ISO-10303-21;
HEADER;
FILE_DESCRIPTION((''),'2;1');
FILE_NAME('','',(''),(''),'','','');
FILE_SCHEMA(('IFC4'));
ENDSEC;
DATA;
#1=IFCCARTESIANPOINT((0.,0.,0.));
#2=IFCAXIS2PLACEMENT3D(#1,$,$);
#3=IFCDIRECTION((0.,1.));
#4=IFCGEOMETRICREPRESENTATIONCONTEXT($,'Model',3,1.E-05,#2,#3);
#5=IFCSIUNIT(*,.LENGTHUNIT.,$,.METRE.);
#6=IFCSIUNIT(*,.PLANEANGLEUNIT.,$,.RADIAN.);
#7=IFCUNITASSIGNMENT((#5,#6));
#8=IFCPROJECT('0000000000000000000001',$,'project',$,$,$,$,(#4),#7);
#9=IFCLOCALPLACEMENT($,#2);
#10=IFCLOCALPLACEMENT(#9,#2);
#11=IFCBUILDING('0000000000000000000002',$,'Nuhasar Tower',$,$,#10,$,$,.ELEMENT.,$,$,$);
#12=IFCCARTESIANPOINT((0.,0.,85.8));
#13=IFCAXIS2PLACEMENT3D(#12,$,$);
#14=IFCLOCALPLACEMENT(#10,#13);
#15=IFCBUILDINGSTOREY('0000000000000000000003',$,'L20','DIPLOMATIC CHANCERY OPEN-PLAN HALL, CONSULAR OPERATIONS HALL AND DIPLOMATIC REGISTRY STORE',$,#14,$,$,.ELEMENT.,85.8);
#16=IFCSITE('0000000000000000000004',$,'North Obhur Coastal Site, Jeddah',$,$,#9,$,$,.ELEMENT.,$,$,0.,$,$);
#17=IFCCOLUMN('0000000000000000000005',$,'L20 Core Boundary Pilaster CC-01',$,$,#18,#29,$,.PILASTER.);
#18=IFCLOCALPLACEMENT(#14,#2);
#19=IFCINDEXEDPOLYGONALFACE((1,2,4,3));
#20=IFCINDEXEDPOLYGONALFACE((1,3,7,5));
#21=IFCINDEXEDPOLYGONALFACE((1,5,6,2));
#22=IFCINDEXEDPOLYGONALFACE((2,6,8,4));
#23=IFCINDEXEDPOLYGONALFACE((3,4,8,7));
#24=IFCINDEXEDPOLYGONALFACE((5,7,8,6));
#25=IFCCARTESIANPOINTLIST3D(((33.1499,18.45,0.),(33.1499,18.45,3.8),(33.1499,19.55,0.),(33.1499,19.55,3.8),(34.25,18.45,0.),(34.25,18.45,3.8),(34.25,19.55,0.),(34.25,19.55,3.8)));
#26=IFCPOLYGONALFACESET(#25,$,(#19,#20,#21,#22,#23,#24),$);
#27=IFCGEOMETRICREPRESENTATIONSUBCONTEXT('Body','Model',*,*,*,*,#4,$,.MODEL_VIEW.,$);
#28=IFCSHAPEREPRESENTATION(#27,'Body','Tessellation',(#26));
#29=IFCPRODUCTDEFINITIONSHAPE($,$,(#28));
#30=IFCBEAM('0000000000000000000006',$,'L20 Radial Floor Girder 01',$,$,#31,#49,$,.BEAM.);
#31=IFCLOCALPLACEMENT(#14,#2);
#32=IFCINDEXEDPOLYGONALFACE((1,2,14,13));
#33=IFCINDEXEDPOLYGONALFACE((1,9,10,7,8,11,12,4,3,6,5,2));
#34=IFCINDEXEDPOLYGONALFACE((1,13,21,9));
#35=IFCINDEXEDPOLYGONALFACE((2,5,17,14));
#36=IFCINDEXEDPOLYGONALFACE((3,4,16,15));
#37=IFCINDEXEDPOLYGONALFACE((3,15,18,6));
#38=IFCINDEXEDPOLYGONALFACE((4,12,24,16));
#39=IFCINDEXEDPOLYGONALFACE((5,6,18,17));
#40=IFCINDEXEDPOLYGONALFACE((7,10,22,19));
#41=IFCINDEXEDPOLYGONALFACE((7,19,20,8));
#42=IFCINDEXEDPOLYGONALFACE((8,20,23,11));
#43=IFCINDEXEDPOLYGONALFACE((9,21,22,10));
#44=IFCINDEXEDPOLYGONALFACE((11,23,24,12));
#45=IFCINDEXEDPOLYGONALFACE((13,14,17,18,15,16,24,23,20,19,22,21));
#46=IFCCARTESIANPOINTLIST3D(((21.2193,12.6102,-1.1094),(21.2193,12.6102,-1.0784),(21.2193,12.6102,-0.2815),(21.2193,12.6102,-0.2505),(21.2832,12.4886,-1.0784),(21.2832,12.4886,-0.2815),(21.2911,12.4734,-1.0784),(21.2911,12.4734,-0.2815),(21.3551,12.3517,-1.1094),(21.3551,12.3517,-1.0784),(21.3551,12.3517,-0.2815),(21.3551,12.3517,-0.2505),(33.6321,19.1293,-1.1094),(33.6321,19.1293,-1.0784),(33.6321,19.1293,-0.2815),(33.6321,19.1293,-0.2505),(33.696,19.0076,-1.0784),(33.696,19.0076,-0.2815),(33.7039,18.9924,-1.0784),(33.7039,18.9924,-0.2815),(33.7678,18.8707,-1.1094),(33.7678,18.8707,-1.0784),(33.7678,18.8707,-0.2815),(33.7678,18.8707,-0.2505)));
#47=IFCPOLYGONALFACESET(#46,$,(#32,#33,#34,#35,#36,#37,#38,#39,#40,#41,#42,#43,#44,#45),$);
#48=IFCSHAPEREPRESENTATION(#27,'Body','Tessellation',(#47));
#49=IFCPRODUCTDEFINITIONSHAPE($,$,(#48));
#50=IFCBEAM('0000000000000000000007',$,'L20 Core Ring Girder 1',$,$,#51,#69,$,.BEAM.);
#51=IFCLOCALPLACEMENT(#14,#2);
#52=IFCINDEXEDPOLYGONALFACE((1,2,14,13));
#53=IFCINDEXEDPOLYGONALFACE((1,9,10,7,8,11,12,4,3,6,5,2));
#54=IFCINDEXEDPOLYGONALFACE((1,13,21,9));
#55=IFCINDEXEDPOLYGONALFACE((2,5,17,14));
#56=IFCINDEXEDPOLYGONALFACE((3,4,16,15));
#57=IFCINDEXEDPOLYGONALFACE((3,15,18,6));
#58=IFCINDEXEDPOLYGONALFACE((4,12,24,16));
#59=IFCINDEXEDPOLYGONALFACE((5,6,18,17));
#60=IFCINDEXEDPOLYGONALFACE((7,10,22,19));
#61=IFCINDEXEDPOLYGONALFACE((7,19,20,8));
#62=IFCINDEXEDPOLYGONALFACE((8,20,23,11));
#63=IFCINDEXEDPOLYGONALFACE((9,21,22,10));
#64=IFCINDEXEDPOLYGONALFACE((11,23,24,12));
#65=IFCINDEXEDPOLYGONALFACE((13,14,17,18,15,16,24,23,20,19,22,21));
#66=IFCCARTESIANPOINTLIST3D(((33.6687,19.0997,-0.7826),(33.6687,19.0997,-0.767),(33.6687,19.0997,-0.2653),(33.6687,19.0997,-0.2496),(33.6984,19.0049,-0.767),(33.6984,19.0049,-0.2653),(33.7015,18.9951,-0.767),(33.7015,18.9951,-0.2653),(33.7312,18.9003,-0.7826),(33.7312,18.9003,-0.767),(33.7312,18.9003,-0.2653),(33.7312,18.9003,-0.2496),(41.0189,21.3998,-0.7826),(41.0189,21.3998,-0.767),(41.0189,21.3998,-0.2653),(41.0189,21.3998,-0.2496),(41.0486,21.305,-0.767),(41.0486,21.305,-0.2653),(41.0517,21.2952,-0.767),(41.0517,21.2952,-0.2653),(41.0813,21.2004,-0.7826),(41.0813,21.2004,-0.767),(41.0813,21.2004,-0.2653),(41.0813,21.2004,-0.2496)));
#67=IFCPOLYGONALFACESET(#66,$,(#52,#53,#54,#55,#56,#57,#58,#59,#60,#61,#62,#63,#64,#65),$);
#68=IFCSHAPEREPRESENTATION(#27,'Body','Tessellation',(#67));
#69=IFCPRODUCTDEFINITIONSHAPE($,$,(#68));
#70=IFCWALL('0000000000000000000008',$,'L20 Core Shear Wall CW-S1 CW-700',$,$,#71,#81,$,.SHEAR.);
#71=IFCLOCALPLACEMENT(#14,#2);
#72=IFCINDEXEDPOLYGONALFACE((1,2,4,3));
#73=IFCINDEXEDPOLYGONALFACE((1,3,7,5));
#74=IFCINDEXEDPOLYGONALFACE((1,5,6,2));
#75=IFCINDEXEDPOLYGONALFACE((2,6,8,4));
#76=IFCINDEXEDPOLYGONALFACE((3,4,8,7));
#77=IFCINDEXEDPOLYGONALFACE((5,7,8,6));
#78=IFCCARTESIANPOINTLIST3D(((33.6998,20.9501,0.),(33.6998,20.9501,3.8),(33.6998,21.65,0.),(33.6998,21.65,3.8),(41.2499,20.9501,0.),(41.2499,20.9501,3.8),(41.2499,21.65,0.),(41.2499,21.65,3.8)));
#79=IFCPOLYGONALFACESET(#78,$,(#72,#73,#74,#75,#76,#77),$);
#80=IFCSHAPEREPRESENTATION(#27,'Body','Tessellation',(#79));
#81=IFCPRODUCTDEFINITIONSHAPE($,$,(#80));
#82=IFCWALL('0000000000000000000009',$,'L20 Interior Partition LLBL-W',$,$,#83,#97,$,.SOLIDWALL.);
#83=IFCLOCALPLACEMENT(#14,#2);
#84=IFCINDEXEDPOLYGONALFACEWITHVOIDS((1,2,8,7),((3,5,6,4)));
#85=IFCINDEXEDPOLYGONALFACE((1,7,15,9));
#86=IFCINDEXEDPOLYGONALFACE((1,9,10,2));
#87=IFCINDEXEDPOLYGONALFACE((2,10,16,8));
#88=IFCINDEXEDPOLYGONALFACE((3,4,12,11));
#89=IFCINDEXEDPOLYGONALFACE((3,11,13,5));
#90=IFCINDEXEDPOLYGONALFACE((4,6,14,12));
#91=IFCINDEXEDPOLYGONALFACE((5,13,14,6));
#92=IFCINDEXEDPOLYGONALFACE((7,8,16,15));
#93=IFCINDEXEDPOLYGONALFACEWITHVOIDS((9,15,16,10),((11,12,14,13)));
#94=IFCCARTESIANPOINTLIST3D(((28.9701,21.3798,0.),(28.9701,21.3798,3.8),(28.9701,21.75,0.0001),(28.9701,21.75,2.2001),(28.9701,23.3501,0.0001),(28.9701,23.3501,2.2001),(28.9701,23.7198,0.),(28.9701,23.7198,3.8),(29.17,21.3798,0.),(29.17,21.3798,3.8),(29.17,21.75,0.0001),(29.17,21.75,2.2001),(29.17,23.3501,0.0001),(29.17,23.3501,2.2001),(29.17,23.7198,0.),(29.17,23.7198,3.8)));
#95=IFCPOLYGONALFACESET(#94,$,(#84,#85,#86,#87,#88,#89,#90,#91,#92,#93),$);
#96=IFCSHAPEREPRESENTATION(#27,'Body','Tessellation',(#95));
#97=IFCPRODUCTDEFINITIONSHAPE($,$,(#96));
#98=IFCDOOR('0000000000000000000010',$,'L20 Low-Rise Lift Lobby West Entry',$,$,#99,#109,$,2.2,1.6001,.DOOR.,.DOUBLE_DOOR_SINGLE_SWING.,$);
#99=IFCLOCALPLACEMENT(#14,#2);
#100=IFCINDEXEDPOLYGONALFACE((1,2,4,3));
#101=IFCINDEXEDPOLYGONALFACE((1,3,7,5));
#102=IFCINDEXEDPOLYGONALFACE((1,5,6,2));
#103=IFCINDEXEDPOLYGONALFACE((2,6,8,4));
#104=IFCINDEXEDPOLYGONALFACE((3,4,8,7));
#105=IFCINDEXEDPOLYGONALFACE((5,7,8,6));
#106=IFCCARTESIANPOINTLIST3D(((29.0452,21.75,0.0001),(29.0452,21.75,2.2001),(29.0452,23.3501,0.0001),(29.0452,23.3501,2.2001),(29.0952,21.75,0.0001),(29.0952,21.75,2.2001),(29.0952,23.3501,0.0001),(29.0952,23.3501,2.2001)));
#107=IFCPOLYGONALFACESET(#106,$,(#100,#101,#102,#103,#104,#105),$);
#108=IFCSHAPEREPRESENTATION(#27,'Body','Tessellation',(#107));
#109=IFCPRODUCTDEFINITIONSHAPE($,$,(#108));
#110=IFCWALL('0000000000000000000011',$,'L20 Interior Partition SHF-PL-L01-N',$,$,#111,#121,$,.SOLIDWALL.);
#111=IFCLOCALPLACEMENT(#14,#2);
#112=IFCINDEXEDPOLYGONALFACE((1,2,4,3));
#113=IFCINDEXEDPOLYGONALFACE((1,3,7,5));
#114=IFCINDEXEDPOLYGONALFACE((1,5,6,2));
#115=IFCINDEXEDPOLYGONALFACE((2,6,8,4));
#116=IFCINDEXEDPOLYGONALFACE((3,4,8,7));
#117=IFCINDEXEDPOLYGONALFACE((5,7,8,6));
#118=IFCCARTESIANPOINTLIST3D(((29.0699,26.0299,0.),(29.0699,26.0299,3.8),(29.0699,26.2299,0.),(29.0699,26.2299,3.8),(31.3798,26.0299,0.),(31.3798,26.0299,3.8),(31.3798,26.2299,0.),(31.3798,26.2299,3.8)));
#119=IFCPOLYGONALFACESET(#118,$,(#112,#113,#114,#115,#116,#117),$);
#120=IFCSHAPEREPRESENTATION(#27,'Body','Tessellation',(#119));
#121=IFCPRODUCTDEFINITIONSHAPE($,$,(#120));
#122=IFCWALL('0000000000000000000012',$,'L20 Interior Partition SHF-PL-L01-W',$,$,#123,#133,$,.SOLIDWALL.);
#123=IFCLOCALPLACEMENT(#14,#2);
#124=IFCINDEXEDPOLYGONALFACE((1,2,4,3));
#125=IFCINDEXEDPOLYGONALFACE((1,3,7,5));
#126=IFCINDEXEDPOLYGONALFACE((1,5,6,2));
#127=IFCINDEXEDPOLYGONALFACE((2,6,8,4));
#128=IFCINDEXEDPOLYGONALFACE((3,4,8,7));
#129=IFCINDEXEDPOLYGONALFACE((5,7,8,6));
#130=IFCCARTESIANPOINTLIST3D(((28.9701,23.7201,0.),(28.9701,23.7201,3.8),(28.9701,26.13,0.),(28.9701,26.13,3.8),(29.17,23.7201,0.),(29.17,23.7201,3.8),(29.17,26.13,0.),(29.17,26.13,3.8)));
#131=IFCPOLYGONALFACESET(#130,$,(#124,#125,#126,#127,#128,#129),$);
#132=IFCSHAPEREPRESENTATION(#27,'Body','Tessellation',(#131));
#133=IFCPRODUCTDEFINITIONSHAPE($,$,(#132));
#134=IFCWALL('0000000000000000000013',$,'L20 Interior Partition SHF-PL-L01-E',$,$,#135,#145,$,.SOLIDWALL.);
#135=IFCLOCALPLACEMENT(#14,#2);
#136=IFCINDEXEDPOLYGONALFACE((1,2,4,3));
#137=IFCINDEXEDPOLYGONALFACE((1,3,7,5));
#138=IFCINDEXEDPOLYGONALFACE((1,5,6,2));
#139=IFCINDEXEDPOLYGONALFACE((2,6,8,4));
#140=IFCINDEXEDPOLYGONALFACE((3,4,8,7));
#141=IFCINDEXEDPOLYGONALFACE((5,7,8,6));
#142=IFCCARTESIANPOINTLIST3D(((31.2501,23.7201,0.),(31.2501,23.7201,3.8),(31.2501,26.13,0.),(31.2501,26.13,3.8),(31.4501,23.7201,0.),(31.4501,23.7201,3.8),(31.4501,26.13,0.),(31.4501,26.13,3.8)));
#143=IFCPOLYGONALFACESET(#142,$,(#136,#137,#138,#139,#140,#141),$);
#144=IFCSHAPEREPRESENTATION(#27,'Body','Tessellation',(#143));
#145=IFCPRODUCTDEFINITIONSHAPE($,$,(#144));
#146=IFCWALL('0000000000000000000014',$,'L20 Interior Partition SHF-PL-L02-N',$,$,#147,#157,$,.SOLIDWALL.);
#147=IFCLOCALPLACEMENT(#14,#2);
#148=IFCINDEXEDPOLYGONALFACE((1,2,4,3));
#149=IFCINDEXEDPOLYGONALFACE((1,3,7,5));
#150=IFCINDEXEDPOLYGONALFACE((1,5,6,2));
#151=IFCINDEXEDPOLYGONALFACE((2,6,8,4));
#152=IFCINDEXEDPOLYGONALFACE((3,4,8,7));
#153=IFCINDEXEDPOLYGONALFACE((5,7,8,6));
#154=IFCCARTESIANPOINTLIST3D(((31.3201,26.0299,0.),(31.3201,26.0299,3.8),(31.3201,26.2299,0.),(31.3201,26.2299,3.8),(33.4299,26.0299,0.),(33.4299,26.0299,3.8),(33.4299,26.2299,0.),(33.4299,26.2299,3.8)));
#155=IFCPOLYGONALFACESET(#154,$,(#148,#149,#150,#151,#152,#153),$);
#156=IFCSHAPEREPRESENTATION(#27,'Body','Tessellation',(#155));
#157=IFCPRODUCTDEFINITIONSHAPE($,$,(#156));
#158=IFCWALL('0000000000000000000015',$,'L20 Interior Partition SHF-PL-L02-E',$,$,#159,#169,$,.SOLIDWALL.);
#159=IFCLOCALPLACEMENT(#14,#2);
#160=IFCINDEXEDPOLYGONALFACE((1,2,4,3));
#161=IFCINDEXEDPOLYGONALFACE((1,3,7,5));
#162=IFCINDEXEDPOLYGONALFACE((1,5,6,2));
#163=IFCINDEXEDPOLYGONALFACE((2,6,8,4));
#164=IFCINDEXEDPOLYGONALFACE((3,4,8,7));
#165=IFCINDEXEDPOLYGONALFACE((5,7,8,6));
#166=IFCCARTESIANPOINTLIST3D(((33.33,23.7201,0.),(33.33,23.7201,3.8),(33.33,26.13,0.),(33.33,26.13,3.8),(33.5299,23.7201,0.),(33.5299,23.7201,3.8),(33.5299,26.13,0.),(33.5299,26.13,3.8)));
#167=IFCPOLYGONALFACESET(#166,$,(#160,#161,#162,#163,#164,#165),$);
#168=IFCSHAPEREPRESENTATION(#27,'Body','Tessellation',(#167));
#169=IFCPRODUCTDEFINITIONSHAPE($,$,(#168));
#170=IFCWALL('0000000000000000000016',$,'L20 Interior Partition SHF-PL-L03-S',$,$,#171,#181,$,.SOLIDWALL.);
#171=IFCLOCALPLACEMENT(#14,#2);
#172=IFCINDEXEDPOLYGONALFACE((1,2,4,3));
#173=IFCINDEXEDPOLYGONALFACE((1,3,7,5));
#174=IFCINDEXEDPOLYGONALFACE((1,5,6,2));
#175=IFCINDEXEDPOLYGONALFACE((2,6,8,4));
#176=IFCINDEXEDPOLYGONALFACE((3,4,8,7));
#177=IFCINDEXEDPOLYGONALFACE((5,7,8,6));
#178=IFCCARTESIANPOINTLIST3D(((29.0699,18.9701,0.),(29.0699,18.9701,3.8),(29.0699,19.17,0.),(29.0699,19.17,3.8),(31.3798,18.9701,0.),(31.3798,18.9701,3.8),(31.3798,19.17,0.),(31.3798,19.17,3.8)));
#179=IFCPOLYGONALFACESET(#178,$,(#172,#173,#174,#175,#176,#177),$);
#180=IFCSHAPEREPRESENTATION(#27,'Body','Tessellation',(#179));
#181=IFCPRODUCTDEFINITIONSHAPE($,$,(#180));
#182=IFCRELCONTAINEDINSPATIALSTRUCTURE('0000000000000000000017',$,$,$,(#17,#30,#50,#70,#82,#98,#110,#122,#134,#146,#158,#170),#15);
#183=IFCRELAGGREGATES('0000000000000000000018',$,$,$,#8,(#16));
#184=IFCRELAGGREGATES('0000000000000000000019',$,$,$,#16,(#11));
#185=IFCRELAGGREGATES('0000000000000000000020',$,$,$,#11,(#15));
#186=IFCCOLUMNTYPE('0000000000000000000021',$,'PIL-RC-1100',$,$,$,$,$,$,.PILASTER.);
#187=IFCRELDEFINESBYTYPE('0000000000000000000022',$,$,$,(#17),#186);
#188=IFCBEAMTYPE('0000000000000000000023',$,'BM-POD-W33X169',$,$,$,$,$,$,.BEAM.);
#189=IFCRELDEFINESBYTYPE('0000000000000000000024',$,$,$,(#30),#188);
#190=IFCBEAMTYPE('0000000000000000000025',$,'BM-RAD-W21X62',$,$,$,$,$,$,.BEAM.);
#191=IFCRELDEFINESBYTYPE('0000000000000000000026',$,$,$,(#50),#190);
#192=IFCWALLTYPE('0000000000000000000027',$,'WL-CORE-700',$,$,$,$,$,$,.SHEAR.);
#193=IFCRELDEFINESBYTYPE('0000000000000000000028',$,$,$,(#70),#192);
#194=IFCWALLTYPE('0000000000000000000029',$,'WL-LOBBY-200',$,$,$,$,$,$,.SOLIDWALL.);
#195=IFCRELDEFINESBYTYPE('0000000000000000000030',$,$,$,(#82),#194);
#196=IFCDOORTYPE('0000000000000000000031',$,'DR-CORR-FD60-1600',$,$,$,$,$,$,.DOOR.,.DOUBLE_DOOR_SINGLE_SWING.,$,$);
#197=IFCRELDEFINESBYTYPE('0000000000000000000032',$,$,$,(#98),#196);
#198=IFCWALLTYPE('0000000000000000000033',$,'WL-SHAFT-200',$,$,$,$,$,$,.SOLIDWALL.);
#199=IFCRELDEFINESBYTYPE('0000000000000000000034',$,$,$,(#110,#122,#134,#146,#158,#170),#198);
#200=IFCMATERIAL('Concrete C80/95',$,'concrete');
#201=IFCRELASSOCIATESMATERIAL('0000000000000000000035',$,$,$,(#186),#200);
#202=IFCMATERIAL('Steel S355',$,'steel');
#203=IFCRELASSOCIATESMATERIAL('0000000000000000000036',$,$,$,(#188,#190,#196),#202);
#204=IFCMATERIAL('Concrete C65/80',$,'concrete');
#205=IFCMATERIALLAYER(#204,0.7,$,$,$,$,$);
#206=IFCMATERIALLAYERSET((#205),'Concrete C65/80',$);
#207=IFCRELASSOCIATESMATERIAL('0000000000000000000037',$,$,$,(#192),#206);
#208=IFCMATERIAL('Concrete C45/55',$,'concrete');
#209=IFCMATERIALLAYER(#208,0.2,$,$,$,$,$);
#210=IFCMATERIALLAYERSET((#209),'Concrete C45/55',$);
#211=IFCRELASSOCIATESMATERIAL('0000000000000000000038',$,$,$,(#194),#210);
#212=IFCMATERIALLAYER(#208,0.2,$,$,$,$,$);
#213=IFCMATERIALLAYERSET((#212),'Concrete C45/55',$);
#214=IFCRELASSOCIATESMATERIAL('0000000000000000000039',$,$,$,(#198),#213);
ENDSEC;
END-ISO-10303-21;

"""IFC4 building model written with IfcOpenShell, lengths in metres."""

from ifc_helpers import new_model, si_unit, direction, frame, frame_2d, origin, origin_2d, place, context, subcontext, project, spatial, rectangle, i_section, extrude, material, layer, layer_set, material_profile, profile_set, type_object, element, fill, save


model = new_model("IFC4")

# Units and contexts
model_context = context("Model", 3, precision=1e-05, world=origin(), true_north=direction((0.0, 1.0)))
body_context = subcontext(model_context, "Body", "Model", "MODEL_VIEW")
ifc_project = project(units=[si_unit("LENGTHUNIT", "METRE"), si_unit("PLANEANGLEUNIT", "RADIAN")], contexts=[model_context])

# Site, building, storey
site_placement = place(None, origin())
site = spatial("IfcSite", under=ifc_project, at=site_placement, Name="North Obhur Coastal Site, Jeddah", CompositionType="ELEMENT", RefElevation=0.0)
building_placement = place(site_placement, origin())
building = spatial("IfcBuilding", under=site, at=building_placement, Name="Nuhasar Tower", CompositionType="ELEMENT")
storey_placement = place(building_placement, frame((0.0, 0.0, 85.8)))
storey = spatial("IfcBuildingStorey", under=building, at=storey_placement, Name="L20", Description="DIPLOMATIC CHANCERY OPEN-PLAN HALL, CONSULAR OPERATIONS HALL AND DIPLOMATIC REGISTRY STORE", CompositionType="ELEMENT", Elevation=85.8)

# Column
ifc_material_1 = material(Name="Concrete C80/95", Category="concrete")
ifc_material_profile_1 = material_profile(ifc_material_1, rectangle(XDim=1.1001, YDim=1.1001, at=origin_2d()), Name="RC1100X1100")
ifc_profile_set_1 = profile_set([ifc_material_profile_1], Name="Concrete C80/95")
column_type = type_object("IfcColumnType", Name="PIL-RC-1100", PredefinedType="PILASTER", material=ifc_profile_set_1)
column_placement = place(storey_placement, frame((33.7, 19.0, 0.0), z_axis=(0.0, 0.0, 1.0), x_axis=(1.0, 0.0, 0.0)))
element("IfcColumn", 1, at=column_placement, inside=storey, type_object=column_type, Name="L20 Core Boundary Pilaster CC-01", PredefinedType="PILASTER", context=body_context, shape_type="SweptSolid", body=[
    extrude(rectangle(XDim=1.1001, YDim=1.1001, at=origin_2d()), origin(), (0.0, 0.0, 1.0), 3.8),
])

# Beams
ifc_material_2 = material(Name="Steel S355", Category="steel")
ifc_material_profile_2 = material_profile(ifc_material_2, i_section(OverallWidth=0.292, OverallDepth=0.8589, WebThickness=0.0171, FlangeThickness=0.031, at=origin_2d()), Name="W33X169")
ifc_profile_set_2 = profile_set([ifc_material_profile_2], Name="Steel S355")
beam_type_1 = type_object("IfcBeamType", Name="BM-POD-W33X169", PredefinedType="BEAM", material=ifc_profile_set_2)
beam_1_placement = place(storey_placement, frame((33.7, 19.0, -0.6799), z_axis=(-0.88533, -0.464963, 0.0), x_axis=(0.464963, -0.88533, 0.0)))
element("IfcBeam", 2, at=beam_1_placement, inside=storey, type_object=beam_type_1, Name="L20 Radial Floor Girder 01", PredefinedType="BEAM", context=body_context, shape_type="SweptSolid", body=[
    extrude(i_section(OverallWidth=0.292, OverallDepth=0.8589, WebThickness=0.0171, FlangeThickness=0.031, at=origin_2d()), origin(), (0.0, 0.0, 1.0), 14.0205),
])
ifc_material_profile_3 = material_profile(ifc_material_2, i_section(OverallWidth=0.209, OverallDepth=0.533, WebThickness=0.0103, FlangeThickness=0.0156, at=origin_2d()), Name="W21X62")
ifc_profile_set_3 = profile_set([ifc_material_profile_3], Name="Steel S355")
beam_type_2 = type_object("IfcBeamType", Name="BM-RAD-W21X62", PredefinedType="BEAM", material=ifc_profile_set_3)
beam_2_placement = place(storey_placement, frame((33.7, 19.0, -0.5161), z_axis=(0.954364, 0.298647, 0.0), x_axis=(-0.298647, 0.954364, 0.0)))
element("IfcBeam", 3, at=beam_2_placement, inside=storey, type_object=beam_type_2, Name="L20 Core Ring Girder 1", PredefinedType="BEAM", context=body_context, shape_type="SweptSolid", body=[
    extrude(i_section(OverallWidth=0.209, OverallDepth=0.533, WebThickness=0.0103, FlangeThickness=0.0156, at=origin_2d()), origin(), (0.0, 0.0, 1.0), 7.7017),
])

# Wall
ifc_material_3 = material(Name="Concrete C65/80", Category="concrete")
ifc_layer_1 = layer(ifc_material_3, 0.7)
ifc_layer_set_1 = layer_set([ifc_layer_1], Name="Concrete C65/80")
wall_type_1 = type_object("IfcWallType", Name="WL-CORE-700", PredefinedType="SHEAR", material=ifc_layer_set_1)
wall_1_placement = place(storey_placement, frame((33.7, 21.3, 0.0), z_axis=(0.0, 0.0, 1.0), x_axis=(1.0, 0.0, 0.0)))
element("IfcWall", 4, at=wall_1_placement, inside=storey, type_object=wall_type_1, Name="L20 Core Shear Wall CW-S1 CW-700", PredefinedType="SHEAR", context=body_context, shape_type="SweptSolid", body=[
    extrude(rectangle(XDim=7.55, YDim=0.7, at=frame_2d((3.7749, 0.0))), origin(), (0.0, 0.0, 1.0), 3.8),
])

# Wall, opening, door
ifc_material_4 = material(Name="Concrete C45/55", Category="concrete")
ifc_layer_2 = layer(ifc_material_4, 0.2)
ifc_layer_set_2 = layer_set([ifc_layer_2], Name="Concrete C45/55")
wall_type_2 = type_object("IfcWallType", Name="WL-LOBBY-200", PredefinedType="SOLIDWALL", material=ifc_layer_set_2)
wall_2_placement = place(storey_placement, frame((29.0701, 21.3799, 0.0), z_axis=(0.0, 0.0, 1.0), x_axis=(0.0, 1.0, 0.0)))
wall_2 = element("IfcWall", 5, at=wall_2_placement, inside=storey, type_object=wall_type_2, Name="L20 Interior Partition LLBL-W", PredefinedType="SOLIDWALL", context=body_context, shape_type="SweptSolid", body=[
    extrude(rectangle(XDim=2.3401, YDim=0.2, at=frame_2d((1.1699, 0.0))), origin(), (0.0, 0.0, 1.0), 3.8),
])
opening_1_placement = place(wall_2_placement, frame((0.3701, 0.0, 0.0)))
opening_1 = element("IfcOpeningElement", 6, at=opening_1_placement, cuts=wall_2, PredefinedType="OPENING", context=body_context, shape_type="SweptSolid", body=[
    extrude(rectangle(XDim=1.6001, YDim=2.2, at=frame_2d((0.8, 1.1001))), frame((0.0, 0.1099, 0.0), z_axis=(0.0, -1.0, 0.0), x_axis=(1.0, 0.0, 0.0)), (0.0, 0.0, 1.0), 0.22),
])
door_type_1 = type_object("IfcDoorType", Name="DR-CORR-FD60-1600", OperationType="DOUBLE_DOOR_SINGLE_SWING", PredefinedType="DOOR", material=ifc_material_2)
door_1_placement = place(opening_1_placement, origin())
door_1 = element("IfcDoor", 7, at=door_1_placement, inside=storey, type_object=door_type_1, Name="L20 Low-Rise Lift Lobby West Entry", OperationType="DOUBLE_DOOR_SINGLE_SWING", OverallHeight=2.2, OverallWidth=1.6001, PredefinedType="DOOR", context=body_context, shape_type="SweptSolid", body=[
    extrude(rectangle(XDim=1.6001, YDim=2.2, at=frame_2d((0.8, 1.1001))), frame((0.0, 0.0249, 0.0), z_axis=(0.0, -1.0, 0.0), x_axis=(1.0, 0.0, 0.0)), (0.0, 0.0, 1.0), 0.05),
])
fill(opening_1, door_1)
ifc_layer_3 = layer(ifc_material_4, 0.2)
ifc_layer_set_3 = layer_set([ifc_layer_3], Name="Concrete C45/55")
wall_type_3 = type_object("IfcWallType", Name="WL-SHAFT-200", PredefinedType="SOLIDWALL", material=ifc_layer_set_3)

# Walls
wall_3_placement = place(storey_placement, frame((29.0701, 26.1299, 0.0), z_axis=(0.0, 0.0, 1.0), x_axis=(1.0, 0.0, 0.0)))
element("IfcWall", 8, at=wall_3_placement, inside=storey, type_object=wall_type_3, Name="L20 Interior Partition SHF-PL-L01-N", PredefinedType="SOLIDWALL", context=body_context, shape_type="SweptSolid", body=[
    extrude(rectangle(XDim=2.3098, YDim=0.2, at=frame_2d((1.1548, 0.0))), origin(), (0.0, 0.0, 1.0), 3.8),
])
for number, where, z_axis, x_axis, name in (
    (9, (29.0701, 23.72, 0.0), (0.0, 0.0, 1.0), (0.0, 1.0, 0.0), "L20 Interior Partition SHF-PL-L01-W"),
    (10, (31.3501, 23.72, 0.0), (0.0, 0.0, 1.0), (0.0, 1.0, 0.0), "L20 Interior Partition SHF-PL-L01-E"),
):
    element("IfcWall", number, at=place(storey_placement, frame(where, z_axis=z_axis, x_axis=x_axis)), inside=storey, type_object=wall_type_3, Name=name, PredefinedType="SOLIDWALL", context=body_context, shape_type="SweptSolid", body=[
        extrude(rectangle(XDim=2.4099, YDim=0.2, at=frame_2d((1.2051, 0.0))), origin(), (0.0, 0.0, 1.0), 3.8),
    ])

# Walls
wall_4_placement = place(storey_placement, frame((31.3201, 26.1299, 0.0), z_axis=(0.0, 0.0, 1.0), x_axis=(1.0, 0.0, 0.0)))
element("IfcWall", 11, at=wall_4_placement, inside=storey, type_object=wall_type_3, Name="L20 Interior Partition SHF-PL-L02-N", PredefinedType="SOLIDWALL", context=body_context, shape_type="SweptSolid", body=[
    extrude(rectangle(XDim=2.1099, YDim=0.2, at=frame_2d((1.0549, 0.0))), origin(), (0.0, 0.0, 1.0), 3.8),
])
wall_5_placement = place(storey_placement, frame((33.4299, 23.72, 0.0), z_axis=(0.0, 0.0, 1.0), x_axis=(0.0, 1.0, 0.0)))
element("IfcWall", 12, at=wall_5_placement, inside=storey, type_object=wall_type_3, Name="L20 Interior Partition SHF-PL-L02-E", PredefinedType="SOLIDWALL", context=body_context, shape_type="SweptSolid", body=[
    extrude(rectangle(XDim=2.4099, YDim=0.2, at=frame_2d((1.2051, 0.0))), origin(), (0.0, 0.0, 1.0), 3.8),
])
wall_6_placement = place(storey_placement, frame((29.0701, 19.0701, 0.0), z_axis=(0.0, 0.0, 1.0), x_axis=(1.0, 0.0, 0.0)))
element("IfcWall", 13, at=wall_6_placement, inside=storey, type_object=wall_type_3, Name="L20 Interior Partition SHF-PL-L03-S", PredefinedType="SOLIDWALL", context=body_context, shape_type="SweptSolid", body=[
    extrude(rectangle(XDim=2.3098, YDim=0.2, at=frame_2d((1.1548, 0.0))), origin(), (0.0, 0.0, 1.0), 3.8),
])

save(model, "model.ifc")
